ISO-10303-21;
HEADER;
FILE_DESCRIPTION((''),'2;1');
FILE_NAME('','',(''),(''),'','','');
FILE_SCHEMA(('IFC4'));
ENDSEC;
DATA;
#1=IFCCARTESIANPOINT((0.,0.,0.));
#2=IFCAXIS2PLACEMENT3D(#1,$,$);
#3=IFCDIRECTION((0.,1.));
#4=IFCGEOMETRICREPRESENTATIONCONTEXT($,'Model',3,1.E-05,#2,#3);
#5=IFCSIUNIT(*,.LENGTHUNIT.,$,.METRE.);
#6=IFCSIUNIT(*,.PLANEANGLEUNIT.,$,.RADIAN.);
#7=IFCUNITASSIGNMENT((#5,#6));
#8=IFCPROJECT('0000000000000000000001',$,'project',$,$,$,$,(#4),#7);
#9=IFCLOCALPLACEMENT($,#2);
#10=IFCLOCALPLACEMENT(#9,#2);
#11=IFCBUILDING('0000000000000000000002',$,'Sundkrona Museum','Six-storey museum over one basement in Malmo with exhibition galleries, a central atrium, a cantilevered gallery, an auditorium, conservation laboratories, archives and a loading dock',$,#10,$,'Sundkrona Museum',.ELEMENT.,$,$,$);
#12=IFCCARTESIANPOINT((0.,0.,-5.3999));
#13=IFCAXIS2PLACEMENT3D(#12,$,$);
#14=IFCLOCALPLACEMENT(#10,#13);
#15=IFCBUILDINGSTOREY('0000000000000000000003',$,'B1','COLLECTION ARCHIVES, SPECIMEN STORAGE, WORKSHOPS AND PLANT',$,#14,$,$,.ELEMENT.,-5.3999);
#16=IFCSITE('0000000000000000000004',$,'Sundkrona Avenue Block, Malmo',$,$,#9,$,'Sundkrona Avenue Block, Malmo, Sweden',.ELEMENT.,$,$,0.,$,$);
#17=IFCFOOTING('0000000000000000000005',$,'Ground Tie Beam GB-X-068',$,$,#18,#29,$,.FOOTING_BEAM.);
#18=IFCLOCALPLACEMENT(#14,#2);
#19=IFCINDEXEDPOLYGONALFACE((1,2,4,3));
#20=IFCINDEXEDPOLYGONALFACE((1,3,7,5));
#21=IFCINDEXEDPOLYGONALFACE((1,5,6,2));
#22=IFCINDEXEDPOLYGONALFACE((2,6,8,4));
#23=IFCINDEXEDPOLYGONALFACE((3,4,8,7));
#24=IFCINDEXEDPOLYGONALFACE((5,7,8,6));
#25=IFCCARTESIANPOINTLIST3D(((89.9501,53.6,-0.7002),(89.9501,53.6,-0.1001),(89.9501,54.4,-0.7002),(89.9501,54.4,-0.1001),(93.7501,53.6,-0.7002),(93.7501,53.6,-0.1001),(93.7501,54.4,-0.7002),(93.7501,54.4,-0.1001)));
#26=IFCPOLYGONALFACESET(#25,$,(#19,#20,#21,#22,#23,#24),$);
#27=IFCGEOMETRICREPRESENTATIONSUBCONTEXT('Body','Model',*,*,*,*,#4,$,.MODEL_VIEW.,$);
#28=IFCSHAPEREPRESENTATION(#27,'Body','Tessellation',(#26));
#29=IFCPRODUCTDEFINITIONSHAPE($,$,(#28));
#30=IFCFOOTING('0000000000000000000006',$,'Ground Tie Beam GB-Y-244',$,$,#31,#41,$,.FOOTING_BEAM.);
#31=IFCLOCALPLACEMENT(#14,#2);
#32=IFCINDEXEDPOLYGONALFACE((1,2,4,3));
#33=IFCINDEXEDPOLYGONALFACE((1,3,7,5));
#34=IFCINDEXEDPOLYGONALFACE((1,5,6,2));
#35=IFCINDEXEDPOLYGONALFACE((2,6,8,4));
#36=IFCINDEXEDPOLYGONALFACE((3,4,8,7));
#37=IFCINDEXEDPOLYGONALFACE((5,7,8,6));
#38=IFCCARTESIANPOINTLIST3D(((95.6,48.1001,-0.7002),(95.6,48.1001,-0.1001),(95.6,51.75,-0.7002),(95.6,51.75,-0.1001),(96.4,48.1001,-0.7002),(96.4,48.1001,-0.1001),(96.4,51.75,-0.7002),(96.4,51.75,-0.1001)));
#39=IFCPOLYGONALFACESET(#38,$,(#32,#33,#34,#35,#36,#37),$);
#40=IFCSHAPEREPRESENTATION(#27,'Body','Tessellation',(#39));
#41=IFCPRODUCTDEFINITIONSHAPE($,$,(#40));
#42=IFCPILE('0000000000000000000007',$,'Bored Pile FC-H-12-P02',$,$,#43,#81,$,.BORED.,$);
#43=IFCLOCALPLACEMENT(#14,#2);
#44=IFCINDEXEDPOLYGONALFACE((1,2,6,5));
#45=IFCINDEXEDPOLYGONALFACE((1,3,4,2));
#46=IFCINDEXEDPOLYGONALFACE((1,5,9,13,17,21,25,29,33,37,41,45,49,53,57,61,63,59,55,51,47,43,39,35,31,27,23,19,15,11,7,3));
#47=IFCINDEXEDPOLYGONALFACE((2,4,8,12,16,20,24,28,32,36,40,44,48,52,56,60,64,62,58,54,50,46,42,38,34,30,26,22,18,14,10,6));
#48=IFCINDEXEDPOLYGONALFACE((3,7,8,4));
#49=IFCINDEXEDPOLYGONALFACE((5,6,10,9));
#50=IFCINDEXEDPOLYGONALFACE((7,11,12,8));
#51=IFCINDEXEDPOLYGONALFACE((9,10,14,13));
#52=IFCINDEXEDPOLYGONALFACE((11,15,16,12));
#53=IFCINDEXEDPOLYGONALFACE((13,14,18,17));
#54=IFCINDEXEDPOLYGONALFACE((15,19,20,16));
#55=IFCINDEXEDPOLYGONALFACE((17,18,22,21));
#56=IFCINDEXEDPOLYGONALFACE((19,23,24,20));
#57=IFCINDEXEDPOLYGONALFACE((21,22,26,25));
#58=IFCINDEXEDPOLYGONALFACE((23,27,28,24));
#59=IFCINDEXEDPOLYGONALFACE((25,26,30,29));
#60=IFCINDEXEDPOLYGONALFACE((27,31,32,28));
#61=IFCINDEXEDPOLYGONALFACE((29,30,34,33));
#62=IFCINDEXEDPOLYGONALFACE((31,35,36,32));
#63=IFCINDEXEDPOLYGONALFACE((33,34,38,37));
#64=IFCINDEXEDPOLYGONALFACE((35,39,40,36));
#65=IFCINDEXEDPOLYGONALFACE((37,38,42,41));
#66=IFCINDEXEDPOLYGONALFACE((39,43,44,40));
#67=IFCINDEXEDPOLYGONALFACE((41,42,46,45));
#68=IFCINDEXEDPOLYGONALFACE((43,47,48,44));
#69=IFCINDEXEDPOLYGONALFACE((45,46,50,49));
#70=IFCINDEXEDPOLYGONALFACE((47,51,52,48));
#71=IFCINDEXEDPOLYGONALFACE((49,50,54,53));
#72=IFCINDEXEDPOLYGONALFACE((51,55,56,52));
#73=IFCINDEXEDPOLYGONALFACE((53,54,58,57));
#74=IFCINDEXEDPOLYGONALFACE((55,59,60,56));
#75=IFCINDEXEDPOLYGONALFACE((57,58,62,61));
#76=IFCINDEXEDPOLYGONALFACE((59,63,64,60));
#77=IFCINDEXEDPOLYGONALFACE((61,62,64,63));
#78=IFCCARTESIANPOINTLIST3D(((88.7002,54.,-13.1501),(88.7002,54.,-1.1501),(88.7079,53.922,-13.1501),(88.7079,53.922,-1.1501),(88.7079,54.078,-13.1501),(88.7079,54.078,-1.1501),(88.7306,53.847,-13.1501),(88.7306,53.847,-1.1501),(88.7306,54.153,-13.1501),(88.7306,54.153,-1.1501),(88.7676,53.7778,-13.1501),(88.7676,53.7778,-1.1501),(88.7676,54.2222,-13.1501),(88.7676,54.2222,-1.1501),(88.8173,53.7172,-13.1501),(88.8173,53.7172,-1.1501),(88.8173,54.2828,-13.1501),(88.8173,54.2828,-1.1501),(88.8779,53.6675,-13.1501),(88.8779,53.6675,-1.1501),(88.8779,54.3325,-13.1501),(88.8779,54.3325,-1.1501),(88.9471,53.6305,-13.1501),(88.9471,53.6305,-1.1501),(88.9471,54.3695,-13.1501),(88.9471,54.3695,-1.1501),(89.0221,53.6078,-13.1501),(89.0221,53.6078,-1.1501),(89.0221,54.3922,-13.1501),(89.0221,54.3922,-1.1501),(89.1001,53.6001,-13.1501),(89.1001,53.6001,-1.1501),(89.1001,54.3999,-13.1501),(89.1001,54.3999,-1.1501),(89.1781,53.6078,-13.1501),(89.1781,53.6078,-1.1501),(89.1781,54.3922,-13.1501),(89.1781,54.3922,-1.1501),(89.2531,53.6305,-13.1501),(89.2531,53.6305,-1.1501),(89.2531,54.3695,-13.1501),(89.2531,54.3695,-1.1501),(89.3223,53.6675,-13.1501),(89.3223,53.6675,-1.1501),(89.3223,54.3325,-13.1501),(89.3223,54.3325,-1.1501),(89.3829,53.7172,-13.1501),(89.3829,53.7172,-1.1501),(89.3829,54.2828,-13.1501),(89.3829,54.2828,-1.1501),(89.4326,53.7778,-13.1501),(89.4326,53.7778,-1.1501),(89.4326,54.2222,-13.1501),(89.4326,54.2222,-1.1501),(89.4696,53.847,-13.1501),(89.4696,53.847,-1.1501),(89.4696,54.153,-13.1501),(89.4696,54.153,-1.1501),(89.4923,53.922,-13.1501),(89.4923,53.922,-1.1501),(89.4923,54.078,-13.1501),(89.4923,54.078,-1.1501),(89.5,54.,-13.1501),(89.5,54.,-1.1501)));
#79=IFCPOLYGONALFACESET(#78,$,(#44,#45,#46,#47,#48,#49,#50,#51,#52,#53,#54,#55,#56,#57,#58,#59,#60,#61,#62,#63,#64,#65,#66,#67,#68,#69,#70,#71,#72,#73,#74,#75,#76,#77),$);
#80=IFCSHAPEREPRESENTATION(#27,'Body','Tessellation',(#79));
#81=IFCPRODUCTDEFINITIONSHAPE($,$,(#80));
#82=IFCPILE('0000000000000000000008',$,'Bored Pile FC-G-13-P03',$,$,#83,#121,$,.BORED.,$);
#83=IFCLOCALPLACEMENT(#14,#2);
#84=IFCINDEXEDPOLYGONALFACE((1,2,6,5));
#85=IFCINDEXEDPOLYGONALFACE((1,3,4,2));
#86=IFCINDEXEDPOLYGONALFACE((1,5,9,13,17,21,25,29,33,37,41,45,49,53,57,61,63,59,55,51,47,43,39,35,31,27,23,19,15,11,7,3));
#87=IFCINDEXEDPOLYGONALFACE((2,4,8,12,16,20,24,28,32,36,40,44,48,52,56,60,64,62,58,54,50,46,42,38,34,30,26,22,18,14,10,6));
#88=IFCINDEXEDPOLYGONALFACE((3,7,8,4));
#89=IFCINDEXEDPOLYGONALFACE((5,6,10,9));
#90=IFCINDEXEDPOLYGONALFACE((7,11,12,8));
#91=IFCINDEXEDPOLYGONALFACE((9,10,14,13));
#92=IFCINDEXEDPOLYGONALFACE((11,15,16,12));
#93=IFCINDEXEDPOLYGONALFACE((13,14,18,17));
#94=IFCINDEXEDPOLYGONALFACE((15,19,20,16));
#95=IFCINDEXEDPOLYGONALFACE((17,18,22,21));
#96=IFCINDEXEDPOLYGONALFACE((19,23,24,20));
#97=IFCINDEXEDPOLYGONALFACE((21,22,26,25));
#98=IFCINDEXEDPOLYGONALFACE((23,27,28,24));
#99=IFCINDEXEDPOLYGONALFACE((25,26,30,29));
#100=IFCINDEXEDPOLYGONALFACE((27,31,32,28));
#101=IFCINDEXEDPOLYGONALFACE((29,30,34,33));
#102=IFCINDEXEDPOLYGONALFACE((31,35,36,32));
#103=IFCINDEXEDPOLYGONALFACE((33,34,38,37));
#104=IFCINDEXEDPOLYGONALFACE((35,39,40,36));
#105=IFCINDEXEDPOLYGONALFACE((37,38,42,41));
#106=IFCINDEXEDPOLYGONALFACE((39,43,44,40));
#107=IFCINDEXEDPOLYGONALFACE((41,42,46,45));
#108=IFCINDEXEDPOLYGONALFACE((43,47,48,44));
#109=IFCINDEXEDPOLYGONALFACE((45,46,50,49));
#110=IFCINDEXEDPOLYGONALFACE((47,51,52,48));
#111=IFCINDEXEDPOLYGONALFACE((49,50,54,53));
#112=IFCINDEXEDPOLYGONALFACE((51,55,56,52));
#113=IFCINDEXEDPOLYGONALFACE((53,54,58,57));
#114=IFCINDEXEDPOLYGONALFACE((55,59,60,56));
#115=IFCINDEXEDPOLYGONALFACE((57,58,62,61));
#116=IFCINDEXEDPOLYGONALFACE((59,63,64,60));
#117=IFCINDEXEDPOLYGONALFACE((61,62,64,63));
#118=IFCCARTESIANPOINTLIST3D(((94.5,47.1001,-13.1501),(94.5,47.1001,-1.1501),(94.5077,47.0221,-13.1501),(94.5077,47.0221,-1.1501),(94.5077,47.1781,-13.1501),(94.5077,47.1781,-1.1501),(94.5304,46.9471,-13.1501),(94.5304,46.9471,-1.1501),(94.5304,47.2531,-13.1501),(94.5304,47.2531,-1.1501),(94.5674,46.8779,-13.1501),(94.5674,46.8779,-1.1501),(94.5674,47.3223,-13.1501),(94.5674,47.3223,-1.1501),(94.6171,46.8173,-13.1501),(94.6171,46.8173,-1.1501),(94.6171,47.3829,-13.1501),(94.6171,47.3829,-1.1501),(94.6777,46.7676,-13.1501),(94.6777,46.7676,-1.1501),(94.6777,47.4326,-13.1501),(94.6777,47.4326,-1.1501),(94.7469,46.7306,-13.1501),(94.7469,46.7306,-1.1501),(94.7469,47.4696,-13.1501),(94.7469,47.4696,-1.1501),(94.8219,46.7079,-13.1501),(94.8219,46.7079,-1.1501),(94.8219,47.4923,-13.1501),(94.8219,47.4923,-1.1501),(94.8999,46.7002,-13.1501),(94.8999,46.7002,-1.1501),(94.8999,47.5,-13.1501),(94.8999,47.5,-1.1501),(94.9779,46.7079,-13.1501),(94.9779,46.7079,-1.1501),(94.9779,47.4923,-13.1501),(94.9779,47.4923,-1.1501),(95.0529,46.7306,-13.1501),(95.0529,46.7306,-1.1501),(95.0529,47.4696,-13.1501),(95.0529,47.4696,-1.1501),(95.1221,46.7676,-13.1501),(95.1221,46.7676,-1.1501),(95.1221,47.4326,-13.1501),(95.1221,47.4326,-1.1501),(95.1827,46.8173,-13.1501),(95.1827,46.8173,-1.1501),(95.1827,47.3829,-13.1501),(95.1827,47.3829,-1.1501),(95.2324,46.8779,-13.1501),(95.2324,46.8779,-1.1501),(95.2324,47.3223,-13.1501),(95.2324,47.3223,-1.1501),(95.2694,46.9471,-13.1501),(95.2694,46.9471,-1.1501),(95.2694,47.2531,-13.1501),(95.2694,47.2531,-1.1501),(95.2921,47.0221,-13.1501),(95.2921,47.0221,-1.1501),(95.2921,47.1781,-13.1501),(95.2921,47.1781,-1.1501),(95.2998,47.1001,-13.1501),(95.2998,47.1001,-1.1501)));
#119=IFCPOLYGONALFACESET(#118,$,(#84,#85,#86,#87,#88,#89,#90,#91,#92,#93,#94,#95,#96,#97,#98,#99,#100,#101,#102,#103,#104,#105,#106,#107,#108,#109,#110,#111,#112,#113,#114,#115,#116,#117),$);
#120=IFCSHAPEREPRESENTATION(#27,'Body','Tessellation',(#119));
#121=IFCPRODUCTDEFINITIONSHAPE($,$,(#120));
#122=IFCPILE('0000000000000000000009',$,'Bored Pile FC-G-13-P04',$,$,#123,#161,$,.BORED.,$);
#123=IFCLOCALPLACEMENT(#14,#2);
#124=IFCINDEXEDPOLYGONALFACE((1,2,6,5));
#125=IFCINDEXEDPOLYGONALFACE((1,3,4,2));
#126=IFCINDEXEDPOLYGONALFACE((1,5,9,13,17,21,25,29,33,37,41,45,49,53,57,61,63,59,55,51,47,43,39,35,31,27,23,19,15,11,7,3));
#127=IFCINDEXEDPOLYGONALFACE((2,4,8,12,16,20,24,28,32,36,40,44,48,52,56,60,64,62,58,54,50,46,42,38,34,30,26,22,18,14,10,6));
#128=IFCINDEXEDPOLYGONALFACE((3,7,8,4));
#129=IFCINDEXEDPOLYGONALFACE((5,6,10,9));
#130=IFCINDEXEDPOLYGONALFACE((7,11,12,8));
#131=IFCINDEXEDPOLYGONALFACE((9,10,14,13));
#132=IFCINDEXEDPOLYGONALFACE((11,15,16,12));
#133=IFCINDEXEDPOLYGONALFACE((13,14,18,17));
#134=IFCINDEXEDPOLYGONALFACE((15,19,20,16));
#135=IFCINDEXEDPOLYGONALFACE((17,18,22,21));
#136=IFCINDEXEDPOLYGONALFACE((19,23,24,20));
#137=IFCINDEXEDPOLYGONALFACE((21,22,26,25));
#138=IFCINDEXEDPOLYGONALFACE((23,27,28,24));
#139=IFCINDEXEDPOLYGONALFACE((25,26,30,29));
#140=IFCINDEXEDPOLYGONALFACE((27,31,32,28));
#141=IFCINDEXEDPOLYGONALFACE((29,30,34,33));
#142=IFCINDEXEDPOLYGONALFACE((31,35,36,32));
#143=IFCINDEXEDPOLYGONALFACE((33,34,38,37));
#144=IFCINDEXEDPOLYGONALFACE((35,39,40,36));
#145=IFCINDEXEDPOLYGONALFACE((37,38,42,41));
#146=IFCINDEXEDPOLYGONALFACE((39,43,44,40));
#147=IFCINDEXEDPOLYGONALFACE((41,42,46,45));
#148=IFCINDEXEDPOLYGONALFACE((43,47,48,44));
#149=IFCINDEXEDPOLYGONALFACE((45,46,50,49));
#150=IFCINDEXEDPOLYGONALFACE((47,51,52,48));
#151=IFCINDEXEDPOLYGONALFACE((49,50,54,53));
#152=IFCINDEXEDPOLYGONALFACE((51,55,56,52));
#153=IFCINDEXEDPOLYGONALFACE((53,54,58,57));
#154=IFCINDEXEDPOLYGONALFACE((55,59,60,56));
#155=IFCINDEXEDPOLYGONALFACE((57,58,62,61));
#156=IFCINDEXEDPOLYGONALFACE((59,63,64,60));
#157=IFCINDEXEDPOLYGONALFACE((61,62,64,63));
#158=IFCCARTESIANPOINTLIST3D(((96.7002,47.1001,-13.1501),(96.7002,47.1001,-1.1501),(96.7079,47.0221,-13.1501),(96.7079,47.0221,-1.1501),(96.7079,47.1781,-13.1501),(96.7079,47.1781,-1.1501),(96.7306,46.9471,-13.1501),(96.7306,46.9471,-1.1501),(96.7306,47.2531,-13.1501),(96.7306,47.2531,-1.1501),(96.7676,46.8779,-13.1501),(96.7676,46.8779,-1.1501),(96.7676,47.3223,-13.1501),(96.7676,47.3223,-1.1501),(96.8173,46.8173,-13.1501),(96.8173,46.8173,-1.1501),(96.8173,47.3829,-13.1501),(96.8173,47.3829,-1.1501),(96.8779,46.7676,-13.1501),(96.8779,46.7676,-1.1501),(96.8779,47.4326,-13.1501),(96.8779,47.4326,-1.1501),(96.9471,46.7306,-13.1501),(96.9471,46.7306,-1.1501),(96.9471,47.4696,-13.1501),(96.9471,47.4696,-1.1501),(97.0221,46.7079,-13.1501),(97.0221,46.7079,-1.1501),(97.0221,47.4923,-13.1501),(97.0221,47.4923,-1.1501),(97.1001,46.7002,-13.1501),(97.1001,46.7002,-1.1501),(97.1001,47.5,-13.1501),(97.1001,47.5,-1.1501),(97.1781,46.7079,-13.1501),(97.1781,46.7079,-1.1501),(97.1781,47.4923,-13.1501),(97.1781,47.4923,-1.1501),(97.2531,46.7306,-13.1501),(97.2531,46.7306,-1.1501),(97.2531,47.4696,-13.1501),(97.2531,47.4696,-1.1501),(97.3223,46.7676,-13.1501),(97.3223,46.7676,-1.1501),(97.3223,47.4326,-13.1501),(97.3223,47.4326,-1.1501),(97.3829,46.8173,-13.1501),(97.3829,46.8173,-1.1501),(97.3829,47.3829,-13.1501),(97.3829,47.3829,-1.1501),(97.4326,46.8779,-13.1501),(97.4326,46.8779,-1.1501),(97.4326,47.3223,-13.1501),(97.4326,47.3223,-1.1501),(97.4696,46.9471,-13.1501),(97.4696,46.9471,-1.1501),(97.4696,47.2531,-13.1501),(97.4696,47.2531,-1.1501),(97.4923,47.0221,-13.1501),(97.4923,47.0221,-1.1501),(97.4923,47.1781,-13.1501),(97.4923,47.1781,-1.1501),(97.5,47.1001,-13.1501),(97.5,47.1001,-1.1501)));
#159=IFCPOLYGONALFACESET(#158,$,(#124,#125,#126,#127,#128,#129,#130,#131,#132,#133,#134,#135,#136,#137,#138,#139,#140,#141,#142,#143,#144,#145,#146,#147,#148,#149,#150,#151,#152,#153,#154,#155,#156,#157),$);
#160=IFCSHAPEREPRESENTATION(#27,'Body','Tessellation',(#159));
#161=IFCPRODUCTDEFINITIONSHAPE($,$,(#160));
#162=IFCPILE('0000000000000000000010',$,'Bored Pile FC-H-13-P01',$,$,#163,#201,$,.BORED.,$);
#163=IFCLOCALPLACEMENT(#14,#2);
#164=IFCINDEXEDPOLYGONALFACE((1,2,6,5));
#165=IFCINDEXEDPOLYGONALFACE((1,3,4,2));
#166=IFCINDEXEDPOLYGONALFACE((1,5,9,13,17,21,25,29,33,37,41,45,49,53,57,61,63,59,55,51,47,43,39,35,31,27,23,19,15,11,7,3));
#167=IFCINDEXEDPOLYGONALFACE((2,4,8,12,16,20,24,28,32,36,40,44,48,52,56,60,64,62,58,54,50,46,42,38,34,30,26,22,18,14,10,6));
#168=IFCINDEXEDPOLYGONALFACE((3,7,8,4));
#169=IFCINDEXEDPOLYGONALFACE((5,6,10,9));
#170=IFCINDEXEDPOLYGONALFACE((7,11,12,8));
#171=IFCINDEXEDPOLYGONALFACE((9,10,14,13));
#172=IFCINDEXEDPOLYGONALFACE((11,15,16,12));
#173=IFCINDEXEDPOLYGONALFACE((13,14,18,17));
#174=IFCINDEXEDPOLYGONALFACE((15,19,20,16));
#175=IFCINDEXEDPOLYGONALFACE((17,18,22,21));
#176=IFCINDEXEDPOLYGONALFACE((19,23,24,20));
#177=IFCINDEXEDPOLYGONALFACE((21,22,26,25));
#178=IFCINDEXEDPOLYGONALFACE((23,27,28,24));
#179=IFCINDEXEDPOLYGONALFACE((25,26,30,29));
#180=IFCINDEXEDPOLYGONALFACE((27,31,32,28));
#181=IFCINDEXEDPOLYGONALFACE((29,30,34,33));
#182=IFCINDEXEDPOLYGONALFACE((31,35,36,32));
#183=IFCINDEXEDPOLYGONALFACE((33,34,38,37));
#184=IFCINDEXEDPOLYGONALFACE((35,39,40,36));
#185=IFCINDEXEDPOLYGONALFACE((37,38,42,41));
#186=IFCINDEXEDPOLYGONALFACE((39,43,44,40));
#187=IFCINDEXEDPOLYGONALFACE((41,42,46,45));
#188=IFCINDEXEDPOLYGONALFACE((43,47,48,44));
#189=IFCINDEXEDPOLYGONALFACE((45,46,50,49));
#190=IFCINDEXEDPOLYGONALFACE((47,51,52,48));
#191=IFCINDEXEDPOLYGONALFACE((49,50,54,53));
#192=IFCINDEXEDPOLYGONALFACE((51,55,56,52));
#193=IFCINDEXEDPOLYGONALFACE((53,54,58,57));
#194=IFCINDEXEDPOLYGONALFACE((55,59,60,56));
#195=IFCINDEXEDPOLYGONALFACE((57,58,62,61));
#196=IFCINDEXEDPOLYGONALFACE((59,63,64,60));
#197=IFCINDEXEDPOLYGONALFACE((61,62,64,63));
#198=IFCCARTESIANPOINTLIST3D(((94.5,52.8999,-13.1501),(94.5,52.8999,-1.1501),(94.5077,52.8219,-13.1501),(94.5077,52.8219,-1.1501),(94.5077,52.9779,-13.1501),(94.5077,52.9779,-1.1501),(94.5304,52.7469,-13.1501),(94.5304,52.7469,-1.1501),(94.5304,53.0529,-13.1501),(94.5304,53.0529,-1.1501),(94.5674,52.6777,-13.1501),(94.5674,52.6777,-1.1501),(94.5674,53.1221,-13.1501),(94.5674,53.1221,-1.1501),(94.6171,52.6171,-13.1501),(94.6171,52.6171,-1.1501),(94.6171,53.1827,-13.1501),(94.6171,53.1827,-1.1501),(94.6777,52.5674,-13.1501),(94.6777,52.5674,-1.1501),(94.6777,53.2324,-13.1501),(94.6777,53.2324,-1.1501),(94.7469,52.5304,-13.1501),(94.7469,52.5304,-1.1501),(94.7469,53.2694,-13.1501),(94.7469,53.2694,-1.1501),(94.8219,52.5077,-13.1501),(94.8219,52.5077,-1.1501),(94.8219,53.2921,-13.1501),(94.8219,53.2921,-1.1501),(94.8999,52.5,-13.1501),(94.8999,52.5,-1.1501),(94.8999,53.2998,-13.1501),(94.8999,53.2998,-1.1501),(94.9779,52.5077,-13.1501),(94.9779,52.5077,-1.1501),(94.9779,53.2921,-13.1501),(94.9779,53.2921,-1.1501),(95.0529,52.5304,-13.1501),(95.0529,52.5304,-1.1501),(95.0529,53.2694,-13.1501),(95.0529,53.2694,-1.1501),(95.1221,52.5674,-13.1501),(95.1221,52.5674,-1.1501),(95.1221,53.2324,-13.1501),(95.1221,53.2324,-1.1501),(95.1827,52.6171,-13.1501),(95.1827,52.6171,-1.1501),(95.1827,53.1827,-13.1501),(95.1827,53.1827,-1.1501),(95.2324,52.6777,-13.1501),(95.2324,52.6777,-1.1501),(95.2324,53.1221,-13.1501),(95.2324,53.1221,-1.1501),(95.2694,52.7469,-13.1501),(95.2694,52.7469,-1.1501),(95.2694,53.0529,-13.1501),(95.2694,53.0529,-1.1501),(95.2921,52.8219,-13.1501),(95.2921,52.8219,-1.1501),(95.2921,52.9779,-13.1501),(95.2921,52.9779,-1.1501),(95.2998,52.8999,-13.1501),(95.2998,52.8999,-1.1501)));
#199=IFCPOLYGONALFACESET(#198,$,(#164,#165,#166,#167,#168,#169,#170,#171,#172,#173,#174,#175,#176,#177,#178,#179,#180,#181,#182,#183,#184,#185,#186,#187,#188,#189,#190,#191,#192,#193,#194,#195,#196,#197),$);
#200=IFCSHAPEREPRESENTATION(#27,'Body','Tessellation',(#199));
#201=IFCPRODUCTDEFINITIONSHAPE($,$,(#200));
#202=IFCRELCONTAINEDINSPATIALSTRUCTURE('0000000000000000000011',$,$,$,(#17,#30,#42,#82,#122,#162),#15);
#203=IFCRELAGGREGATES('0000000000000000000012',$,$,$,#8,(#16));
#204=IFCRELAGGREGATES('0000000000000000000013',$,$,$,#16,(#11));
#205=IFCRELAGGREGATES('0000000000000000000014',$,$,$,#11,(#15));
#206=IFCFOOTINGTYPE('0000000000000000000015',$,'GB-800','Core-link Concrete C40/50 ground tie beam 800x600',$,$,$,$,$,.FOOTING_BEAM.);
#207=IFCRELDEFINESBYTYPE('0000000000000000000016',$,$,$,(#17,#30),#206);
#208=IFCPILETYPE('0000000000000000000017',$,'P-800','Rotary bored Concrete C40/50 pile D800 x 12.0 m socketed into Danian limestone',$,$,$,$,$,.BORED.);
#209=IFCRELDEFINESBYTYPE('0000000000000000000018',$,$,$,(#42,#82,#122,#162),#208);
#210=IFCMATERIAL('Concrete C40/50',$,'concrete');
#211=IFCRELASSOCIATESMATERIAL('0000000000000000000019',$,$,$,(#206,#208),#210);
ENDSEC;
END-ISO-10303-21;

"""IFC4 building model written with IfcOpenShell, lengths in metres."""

from ifc_helpers import new_model, si_unit, direction, frame, origin, origin_2d, place, context, subcontext, project, spatial, rectangle, circle, extrude, material, material_profile, profile_set, type_object, element, save


model = new_model("IFC4")

# Units and contexts
model_context = context("Model", 3, precision=1e-05, world=origin(), true_north=direction((0.0, 1.0)))
body_context = subcontext(model_context, "Body", "Model", "MODEL_VIEW")
ifc_project = project(units=[si_unit("LENGTHUNIT", "METRE"), si_unit("PLANEANGLEUNIT", "RADIAN")], contexts=[model_context])

# Site, building, storey
site_placement = place(None, origin())
site = spatial("IfcSite", under=ifc_project, at=site_placement, Name="Sundkrona Avenue Block, Malmo", LongName="Sundkrona Avenue Block, Malmo, Sweden", CompositionType="ELEMENT", RefElevation=0.0)
building_placement = place(site_placement, origin())
building = spatial("IfcBuilding", under=site, at=building_placement, Name="Sundkrona Museum", Description="Six-storey museum over one basement in Malmo with exhibition galleries, a central atrium, a cantilevered gallery, an auditorium, conservation laboratories, archives and a loading dock", LongName="Sundkrona Museum", CompositionType="ELEMENT")
storey_placement = place(building_placement, frame((0.0, 0.0, -5.3999)))
storey = spatial("IfcBuildingStorey", under=building, at=storey_placement, Name="B1", Description="COLLECTION ARCHIVES, SPECIMEN STORAGE, WORKSHOPS AND PLANT", CompositionType="ELEMENT", Elevation=-5.3999)

# Footings
ifc_material_1 = material(Name="Concrete C40/50", Category="concrete")
footing_type_1 = type_object("IfcFootingType", Name="GB-800", Description="Core-link Concrete C40/50 ground tie beam 800x600", PredefinedType="FOOTING_BEAM", material=ifc_material_1)
footing_1_placement = place(storey_placement, frame((91.8501, 54.0, -0.7002), z_axis=(0.0, 0.0, 1.0), x_axis=(1.0, 0.0, 0.0)))
element("IfcFooting", 1, at=footing_1_placement, inside=storey, type_object=footing_type_1, Name="Ground Tie Beam GB-X-068", PredefinedType="FOOTING_BEAM", context=body_context, shape_type="SweptSolid", body=[
    extrude(rectangle(XDim=3.8, YDim=0.8, at=origin_2d()), origin(), (0.0, 0.0, 1.0), 0.6001),
])
footing_2_placement = place(storey_placement, frame((96.0, 49.925, -0.7002), z_axis=(0.0, 0.0, 1.0), x_axis=(0.0, 1.0, 0.0)))
element("IfcFooting", 2, at=footing_2_placement, inside=storey, type_object=footing_type_1, Name="Ground Tie Beam GB-Y-244", PredefinedType="FOOTING_BEAM", context=body_context, shape_type="SweptSolid", body=[
    extrude(rectangle(XDim=3.6499, YDim=0.8, at=origin_2d()), origin(), (0.0, 0.0, 1.0), 0.6001),
])

# Piles
ifc_material_profile_1 = material_profile(ifc_material_1, circle(Radius=0.3999, at=origin_2d()), Name="PILE D800")
ifc_profile_set_1 = profile_set([ifc_material_profile_1], Name="Concrete C40/50")
pile_type = type_object("IfcPileType", Name="P-800", Description="Rotary bored Concrete C40/50 pile D800 x 12.0 m socketed into Danian limestone", PredefinedType="BORED", material=ifc_profile_set_1)
for number, where, z_axis, x_axis, name in (
    (3, (89.1001, 54.0, -1.1501), (0.0, 0.0, -1.0), (1.0, 0.0, 0.0), "Bored Pile FC-H-12-P02"),
    (4, (94.8999, 47.1001, -1.1501), (0.0, 0.0, -1.0), (1.0, 0.0, 0.0), "Bored Pile FC-G-13-P03"),
    (5, (97.1001, 47.1001, -1.1501), (0.0, 0.0, -1.0), (1.0, 0.0, 0.0), "Bored Pile FC-G-13-P04"),
    (6, (94.8999, 52.8999, -1.1501), (0.0, 0.0, -1.0), (1.0, 0.0, 0.0), "Bored Pile FC-H-13-P01"),
):
    element("IfcPile", number, at=place(storey_placement, frame(where, z_axis=z_axis, x_axis=x_axis)), inside=storey, type_object=pile_type, Name=name, PredefinedType="BORED", context=body_context, shape_type="SweptSolid", body=[
        extrude(circle(Radius=0.3999, at=origin_2d()), origin(), (0.0, 0.0, 1.0), 12.0),
    ])

save(model, "model.ifc")
